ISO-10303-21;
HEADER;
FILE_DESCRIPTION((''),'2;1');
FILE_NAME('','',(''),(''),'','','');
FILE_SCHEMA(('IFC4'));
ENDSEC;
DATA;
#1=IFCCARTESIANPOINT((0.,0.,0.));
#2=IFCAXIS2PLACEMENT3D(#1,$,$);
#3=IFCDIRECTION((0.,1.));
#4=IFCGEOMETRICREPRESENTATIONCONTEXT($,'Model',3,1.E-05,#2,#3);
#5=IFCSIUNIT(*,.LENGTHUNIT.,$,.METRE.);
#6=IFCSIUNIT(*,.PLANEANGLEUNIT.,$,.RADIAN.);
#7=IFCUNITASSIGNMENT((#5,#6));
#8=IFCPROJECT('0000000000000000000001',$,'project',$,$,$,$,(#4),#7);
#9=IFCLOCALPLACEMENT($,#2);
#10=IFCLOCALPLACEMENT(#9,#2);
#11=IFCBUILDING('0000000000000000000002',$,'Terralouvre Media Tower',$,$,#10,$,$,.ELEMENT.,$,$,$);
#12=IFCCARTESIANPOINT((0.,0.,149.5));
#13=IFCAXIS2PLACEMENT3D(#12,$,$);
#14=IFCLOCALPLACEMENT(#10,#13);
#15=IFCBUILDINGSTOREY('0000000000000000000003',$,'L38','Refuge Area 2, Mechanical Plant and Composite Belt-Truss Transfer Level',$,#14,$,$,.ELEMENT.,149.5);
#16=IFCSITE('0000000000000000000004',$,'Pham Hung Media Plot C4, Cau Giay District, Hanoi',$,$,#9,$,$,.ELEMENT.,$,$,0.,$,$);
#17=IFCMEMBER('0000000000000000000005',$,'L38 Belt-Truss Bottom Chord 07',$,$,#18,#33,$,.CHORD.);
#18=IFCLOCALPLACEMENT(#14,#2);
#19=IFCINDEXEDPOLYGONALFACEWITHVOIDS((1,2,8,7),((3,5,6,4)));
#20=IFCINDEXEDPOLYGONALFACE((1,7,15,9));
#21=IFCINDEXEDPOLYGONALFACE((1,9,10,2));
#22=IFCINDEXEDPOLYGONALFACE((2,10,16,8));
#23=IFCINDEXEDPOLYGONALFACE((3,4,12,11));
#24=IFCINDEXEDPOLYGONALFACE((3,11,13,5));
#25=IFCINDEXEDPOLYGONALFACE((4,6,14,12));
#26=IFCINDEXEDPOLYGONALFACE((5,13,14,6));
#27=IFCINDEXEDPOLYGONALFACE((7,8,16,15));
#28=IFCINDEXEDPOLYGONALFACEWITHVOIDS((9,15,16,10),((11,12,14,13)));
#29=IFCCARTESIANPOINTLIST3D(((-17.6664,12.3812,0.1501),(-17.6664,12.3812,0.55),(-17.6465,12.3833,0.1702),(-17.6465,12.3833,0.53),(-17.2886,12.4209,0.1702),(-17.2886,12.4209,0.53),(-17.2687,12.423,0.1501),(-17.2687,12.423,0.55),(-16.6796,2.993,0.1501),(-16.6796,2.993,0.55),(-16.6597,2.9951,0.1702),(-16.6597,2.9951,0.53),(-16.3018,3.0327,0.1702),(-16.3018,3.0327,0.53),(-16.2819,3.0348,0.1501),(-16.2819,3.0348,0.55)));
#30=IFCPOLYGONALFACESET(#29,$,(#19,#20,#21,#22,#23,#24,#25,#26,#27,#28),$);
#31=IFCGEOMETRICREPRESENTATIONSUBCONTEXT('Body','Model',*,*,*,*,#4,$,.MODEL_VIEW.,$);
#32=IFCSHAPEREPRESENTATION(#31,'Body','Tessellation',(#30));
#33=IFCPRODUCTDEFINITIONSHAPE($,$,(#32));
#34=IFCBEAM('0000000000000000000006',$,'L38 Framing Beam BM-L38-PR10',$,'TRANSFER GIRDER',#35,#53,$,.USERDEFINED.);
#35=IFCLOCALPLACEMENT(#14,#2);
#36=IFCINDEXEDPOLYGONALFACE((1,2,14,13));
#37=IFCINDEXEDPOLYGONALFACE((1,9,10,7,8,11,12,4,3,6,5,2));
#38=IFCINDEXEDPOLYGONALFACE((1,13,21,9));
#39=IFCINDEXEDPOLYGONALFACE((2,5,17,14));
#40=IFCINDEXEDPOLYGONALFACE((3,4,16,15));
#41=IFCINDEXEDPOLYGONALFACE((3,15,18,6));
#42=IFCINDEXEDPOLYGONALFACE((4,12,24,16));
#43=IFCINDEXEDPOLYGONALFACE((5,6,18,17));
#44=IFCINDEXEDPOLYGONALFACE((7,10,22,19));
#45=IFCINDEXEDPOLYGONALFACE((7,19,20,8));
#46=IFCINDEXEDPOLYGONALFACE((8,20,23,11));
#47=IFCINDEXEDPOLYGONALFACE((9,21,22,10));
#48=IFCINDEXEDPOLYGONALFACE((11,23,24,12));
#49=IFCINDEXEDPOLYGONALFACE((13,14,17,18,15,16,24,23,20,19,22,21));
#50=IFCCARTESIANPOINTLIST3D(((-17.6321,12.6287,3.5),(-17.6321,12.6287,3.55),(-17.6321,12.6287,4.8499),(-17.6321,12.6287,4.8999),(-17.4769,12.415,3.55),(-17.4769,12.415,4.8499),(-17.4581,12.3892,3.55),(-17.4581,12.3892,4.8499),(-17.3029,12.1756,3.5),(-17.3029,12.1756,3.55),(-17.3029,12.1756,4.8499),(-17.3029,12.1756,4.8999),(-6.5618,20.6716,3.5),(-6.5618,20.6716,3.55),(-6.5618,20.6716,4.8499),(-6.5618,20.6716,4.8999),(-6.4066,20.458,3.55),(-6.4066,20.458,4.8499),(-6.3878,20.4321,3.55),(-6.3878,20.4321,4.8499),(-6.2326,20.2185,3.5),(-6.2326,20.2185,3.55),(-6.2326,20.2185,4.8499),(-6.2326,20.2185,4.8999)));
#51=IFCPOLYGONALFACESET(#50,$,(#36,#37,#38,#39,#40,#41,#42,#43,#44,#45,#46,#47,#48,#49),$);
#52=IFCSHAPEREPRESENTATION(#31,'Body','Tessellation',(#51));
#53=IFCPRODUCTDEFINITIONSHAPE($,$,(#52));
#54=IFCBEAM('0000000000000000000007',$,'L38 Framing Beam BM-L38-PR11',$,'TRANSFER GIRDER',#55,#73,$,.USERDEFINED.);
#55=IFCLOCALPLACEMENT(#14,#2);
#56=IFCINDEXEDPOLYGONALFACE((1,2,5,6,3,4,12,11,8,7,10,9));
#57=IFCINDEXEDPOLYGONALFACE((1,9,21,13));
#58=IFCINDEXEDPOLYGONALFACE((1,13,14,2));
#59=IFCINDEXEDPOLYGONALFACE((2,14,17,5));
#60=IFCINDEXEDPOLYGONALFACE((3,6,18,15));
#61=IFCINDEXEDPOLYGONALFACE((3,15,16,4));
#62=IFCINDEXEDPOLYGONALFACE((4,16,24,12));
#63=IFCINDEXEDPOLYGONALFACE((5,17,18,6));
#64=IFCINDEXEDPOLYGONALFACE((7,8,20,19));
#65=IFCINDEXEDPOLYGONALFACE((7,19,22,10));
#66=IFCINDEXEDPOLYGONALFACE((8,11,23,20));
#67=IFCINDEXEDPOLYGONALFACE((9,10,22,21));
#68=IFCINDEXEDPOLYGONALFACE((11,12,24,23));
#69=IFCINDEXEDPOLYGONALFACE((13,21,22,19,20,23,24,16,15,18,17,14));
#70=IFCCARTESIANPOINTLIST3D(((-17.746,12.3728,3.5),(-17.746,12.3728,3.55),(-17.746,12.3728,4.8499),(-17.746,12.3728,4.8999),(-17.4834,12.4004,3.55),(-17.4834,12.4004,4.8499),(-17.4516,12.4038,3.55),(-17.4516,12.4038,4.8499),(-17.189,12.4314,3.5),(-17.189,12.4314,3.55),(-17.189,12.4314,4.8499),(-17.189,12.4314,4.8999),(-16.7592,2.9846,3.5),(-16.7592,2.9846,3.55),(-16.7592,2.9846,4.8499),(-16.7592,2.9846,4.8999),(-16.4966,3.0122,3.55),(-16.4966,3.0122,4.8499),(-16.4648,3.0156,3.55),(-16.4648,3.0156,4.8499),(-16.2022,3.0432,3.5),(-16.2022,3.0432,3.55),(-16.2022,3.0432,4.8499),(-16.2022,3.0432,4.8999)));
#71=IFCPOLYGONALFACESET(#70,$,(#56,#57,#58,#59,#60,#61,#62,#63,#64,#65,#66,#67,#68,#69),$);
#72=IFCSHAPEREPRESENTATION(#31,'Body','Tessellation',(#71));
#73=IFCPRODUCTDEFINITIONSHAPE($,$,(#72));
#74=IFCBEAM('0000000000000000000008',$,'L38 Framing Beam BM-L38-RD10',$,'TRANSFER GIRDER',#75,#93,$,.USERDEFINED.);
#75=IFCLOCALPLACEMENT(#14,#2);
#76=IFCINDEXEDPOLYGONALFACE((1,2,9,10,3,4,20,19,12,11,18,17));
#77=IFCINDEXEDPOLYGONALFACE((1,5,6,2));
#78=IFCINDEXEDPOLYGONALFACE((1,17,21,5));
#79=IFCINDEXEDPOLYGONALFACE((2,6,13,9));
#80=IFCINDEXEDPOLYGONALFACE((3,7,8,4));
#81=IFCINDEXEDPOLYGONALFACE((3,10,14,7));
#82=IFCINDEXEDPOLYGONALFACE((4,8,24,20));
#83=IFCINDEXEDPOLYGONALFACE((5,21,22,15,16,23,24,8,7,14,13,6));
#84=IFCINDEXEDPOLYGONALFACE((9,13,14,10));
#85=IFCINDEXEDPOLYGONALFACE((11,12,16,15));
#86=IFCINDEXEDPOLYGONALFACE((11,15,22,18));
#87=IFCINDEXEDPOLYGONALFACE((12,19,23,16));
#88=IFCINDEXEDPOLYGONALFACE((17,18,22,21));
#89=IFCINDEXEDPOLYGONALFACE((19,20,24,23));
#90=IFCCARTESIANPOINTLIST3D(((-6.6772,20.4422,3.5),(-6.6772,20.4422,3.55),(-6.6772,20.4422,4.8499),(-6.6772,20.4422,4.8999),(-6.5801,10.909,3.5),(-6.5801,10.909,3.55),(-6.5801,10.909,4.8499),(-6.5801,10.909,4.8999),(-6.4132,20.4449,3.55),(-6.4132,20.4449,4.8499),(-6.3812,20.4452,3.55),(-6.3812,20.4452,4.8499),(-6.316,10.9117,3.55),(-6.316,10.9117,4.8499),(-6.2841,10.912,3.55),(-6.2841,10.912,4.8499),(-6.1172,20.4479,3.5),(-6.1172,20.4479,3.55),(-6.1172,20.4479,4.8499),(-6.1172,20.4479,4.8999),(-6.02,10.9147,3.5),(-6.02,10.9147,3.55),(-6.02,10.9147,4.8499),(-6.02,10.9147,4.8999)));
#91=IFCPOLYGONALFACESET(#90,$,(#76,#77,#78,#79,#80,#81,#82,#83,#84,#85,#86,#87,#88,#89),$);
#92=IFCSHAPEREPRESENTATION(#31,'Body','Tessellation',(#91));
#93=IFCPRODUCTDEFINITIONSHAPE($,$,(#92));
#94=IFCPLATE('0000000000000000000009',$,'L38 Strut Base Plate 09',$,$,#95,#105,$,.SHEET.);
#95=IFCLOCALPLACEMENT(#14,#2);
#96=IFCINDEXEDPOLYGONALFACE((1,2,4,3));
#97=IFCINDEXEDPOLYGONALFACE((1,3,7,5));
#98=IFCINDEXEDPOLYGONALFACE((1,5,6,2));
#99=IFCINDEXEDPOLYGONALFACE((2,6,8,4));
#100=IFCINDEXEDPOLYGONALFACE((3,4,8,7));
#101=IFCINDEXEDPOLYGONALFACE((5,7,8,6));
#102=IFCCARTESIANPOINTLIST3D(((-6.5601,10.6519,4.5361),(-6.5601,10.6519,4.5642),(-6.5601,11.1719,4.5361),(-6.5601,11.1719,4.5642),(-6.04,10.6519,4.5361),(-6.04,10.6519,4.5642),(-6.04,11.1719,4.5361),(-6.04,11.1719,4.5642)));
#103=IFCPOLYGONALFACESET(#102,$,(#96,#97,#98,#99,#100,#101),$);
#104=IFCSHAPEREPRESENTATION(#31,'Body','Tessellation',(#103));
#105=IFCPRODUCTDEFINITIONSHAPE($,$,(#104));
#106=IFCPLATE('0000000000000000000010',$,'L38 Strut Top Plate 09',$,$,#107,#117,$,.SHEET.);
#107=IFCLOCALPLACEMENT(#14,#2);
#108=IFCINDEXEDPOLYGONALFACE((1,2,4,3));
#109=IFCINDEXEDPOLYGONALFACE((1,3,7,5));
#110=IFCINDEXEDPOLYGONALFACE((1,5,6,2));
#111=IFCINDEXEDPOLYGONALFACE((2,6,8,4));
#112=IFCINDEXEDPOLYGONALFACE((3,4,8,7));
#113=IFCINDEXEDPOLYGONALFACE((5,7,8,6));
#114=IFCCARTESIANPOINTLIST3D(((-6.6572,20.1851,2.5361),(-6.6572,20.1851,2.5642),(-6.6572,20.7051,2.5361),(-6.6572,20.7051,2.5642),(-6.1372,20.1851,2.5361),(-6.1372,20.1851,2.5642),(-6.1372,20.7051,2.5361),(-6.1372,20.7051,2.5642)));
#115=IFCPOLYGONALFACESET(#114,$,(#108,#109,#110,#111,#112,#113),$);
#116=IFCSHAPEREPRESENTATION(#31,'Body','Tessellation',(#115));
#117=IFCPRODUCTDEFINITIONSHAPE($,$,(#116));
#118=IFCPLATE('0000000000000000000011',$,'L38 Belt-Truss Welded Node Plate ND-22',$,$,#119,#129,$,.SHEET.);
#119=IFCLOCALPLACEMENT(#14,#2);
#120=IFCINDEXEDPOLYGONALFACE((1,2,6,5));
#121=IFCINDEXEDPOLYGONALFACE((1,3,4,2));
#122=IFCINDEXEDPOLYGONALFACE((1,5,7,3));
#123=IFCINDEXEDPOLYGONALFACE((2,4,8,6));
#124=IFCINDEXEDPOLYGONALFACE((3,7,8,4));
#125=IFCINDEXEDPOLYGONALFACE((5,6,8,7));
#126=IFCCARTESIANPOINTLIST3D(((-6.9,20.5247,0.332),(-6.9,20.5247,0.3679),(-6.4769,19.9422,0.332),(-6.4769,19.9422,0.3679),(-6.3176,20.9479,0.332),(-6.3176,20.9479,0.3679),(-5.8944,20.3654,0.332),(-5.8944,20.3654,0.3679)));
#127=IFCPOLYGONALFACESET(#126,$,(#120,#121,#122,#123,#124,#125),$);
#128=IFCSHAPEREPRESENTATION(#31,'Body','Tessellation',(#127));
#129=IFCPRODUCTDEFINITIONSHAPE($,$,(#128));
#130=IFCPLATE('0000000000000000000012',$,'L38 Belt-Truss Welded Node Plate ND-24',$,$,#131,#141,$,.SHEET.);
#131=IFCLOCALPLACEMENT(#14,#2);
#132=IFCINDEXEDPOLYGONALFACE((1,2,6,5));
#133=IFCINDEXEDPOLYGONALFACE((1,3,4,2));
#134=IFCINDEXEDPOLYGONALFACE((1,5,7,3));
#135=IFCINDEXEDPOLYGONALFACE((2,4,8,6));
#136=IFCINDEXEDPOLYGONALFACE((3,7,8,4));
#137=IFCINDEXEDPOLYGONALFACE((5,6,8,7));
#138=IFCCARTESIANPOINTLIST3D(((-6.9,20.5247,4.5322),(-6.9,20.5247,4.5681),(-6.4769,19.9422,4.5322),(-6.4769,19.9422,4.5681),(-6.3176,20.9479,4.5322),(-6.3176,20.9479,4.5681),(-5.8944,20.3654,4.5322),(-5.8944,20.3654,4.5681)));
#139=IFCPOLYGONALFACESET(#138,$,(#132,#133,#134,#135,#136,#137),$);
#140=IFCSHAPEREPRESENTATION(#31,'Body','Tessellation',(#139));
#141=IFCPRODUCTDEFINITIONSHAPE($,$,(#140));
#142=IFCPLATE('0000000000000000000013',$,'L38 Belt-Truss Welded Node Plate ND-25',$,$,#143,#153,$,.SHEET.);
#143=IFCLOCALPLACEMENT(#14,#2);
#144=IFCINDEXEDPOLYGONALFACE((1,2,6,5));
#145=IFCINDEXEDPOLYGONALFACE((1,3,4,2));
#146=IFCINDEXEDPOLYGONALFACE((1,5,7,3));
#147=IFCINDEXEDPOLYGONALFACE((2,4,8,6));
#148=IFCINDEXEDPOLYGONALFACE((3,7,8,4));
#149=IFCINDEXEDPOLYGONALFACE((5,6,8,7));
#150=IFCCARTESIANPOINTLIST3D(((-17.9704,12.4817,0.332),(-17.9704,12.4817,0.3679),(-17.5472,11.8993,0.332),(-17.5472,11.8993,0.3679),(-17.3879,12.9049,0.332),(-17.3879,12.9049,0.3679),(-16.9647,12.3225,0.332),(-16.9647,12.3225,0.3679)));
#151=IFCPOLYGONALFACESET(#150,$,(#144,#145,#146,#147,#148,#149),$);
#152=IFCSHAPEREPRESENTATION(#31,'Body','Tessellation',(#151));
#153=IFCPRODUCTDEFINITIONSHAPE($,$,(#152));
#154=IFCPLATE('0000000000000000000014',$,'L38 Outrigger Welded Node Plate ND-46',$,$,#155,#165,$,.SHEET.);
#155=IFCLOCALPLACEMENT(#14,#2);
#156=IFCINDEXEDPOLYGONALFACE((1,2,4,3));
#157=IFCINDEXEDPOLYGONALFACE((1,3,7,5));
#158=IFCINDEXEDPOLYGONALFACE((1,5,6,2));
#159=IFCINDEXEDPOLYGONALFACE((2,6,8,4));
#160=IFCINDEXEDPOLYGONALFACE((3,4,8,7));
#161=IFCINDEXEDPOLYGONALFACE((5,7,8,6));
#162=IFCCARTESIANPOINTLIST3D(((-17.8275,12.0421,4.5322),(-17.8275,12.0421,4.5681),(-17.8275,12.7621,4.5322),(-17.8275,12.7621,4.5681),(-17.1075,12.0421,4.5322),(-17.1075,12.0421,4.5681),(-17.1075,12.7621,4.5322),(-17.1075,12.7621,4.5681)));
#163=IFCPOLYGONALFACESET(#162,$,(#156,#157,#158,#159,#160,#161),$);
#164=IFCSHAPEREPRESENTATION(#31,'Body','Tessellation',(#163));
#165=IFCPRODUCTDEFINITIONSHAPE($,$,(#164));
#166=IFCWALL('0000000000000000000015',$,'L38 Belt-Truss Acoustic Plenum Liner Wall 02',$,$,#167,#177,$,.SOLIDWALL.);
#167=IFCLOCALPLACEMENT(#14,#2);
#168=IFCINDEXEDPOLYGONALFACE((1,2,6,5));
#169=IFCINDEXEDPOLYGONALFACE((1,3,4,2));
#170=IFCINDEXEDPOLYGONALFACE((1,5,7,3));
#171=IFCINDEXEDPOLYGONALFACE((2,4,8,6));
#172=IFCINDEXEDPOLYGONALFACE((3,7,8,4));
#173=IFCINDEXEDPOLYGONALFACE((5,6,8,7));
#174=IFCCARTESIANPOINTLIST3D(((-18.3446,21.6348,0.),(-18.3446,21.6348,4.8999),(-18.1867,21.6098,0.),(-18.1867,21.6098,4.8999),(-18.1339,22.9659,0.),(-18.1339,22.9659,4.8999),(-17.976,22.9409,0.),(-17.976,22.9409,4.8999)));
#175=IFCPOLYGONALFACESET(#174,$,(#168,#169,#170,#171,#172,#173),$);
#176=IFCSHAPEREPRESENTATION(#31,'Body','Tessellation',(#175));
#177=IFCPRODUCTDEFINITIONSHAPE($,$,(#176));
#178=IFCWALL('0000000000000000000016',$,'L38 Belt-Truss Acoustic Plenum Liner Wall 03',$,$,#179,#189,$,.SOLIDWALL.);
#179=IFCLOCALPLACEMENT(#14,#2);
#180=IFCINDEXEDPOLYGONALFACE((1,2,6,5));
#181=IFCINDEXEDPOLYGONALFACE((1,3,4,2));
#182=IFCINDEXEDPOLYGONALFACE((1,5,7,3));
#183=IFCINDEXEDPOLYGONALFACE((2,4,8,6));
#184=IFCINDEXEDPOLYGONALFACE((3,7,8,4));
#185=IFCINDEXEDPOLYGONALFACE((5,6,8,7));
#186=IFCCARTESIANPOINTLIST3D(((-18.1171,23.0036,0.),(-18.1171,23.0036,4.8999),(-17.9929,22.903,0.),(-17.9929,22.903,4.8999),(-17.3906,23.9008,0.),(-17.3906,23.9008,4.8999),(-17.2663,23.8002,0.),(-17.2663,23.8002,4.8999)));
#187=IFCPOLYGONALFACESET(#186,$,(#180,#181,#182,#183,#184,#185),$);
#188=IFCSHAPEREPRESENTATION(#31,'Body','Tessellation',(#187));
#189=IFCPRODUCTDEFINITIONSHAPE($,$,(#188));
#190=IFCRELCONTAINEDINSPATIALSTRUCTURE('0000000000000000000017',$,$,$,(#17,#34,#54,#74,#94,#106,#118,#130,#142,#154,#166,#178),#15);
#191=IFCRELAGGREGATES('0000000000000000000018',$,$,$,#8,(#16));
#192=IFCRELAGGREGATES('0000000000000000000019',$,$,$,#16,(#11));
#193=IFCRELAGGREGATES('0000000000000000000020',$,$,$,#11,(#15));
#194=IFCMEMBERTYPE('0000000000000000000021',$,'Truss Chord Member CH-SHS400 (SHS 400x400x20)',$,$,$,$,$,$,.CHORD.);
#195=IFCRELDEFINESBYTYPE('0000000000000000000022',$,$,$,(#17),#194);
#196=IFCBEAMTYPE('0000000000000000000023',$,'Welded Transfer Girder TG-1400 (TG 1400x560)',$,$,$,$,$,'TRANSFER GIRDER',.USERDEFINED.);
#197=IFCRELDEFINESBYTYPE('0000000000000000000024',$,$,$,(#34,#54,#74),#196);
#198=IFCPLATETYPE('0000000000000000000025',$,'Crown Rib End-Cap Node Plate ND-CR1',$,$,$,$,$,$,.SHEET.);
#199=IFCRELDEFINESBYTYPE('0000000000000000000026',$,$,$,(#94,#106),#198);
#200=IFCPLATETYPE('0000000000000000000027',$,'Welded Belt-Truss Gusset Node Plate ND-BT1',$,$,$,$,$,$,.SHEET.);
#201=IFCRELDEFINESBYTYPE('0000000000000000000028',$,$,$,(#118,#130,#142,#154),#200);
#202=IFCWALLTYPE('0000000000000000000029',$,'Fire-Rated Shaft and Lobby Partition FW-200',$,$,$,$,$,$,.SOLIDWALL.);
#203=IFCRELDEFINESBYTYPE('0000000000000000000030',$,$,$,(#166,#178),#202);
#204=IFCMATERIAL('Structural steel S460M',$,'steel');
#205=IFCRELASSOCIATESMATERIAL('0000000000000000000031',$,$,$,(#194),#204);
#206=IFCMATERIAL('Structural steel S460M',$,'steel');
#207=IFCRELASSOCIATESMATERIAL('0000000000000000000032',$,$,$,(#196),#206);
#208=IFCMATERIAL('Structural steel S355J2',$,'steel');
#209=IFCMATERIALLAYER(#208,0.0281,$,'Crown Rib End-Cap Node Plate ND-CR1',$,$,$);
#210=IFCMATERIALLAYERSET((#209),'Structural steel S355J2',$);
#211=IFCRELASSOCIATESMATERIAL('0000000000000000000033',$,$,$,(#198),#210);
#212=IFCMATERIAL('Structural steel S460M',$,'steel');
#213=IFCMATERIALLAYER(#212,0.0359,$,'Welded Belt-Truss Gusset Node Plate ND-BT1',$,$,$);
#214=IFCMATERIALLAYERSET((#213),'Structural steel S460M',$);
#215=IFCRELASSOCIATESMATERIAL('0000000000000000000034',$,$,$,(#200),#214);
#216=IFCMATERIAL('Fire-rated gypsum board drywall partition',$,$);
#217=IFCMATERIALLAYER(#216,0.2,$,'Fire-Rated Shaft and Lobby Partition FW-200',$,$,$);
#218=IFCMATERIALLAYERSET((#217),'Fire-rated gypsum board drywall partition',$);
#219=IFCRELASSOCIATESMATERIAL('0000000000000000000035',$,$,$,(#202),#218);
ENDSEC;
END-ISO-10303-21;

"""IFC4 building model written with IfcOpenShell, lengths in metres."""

from ifc_helpers import new_model, si_unit, direction, frame, frame_2d, origin, origin_2d, place, context, subcontext, project, spatial, rectangle, hollow_rectangle, i_section, extrude, material, layer, layer_set, material_profile, profile_set, type_object, element, save


model = new_model("IFC4")

# Units and contexts
model_context = context("Model", 3, precision=1e-05, world=origin(), true_north=direction((0.0, 1.0)))
body_context = subcontext(model_context, "Body", "Model", "MODEL_VIEW")
ifc_project = project(units=[si_unit("LENGTHUNIT", "METRE"), si_unit("PLANEANGLEUNIT", "RADIAN")], contexts=[model_context])

# Site, building, storey
site_placement = place(None, origin())
site = spatial("IfcSite", under=ifc_project, at=site_placement, Name="Pham Hung Media Plot C4, Cau Giay District, Hanoi", CompositionType="ELEMENT", RefElevation=0.0)
building_placement = place(site_placement, origin())
building = spatial("IfcBuilding", under=site, at=building_placement, Name="Terralouvre Media Tower", CompositionType="ELEMENT")
storey_placement = place(building_placement, frame((0.0, 0.0, 149.5)))
storey = spatial("IfcBuildingStorey", under=building, at=storey_placement, Name="L38", Description="Refuge Area 2, Mechanical Plant and Composite Belt-Truss Transfer Level", CompositionType="ELEMENT", Elevation=149.5)

# Member
ifc_material_1 = material(Name="Structural steel S460M", Category="steel")
ifc_material_profile_1 = material_profile(ifc_material_1, hollow_rectangle(XDim=0.3999, YDim=0.3999, WallThickness=0.02, at=origin_2d()), Name="SHS 400x400x20")
ifc_profile_set_1 = profile_set([ifc_material_profile_1], Name="Structural steel S460M")
member_type_1 = type_object("IfcMemberType", Name="Truss Chord Member CH-SHS400 (SHS 400x400x20)", PredefinedType="CHORD", material=ifc_profile_set_1)
member_1_placement = place(storey_placement, frame((-17.4675, 12.4021, 0.3501), z_axis=(0.104537, -0.994521, 0.0), x_axis=(0.994521, 0.104537, 0.0)))
element("IfcMember", 1, at=member_1_placement, inside=storey, type_object=member_type_1, Name="L38 Belt-Truss Bottom Chord 07", PredefinedType="CHORD", context=body_context, shape_type="SweptSolid", body=[
    extrude(hollow_rectangle(XDim=0.3999, YDim=0.3999, WallThickness=0.02, at=origin_2d()), origin(), (0.0, 0.0, 1.0), 9.4399),
])

# Beams
ifc_material_2 = material(Name="Structural steel S460M", Category="steel")
ifc_material_profile_2 = material_profile(ifc_material_2, i_section(OverallWidth=0.5601, OverallDepth=1.3999, WebThickness=0.032, FlangeThickness=0.05, at=origin_2d()), Name="TG 1400x560")
ifc_profile_set_2 = profile_set([ifc_material_profile_2], Name="Structural steel S460M")
beam_type_1 = type_object("IfcBeamType", Name="Welded Transfer Girder TG-1400 (TG 1400x560)", ElementType="TRANSFER GIRDER", PredefinedType="USERDEFINED", material=ifc_profile_set_2)
beam_1_placement = place(storey_placement, frame((-6.3972, 20.4451, 4.2), z_axis=(-0.80902, -0.587781, 0.0), x_axis=(0.587781, -0.80902, 0.0)))
element("IfcBeam", 2, at=beam_1_placement, inside=storey, type_object=beam_type_1, Name="L38 Framing Beam BM-L38-PR10", ObjectType="TRANSFER GIRDER", PredefinedType="USERDEFINED", context=body_context, shape_type="SweptSolid", body=[
    extrude(i_section(OverallWidth=0.5601, OverallDepth=1.3999, WebThickness=0.032, FlangeThickness=0.05, at=origin_2d()), origin(), (0.0, 0.0, 1.0), 13.6836),
])
beam_2_placement = place(storey_placement, frame((-17.4675, 12.4021, 4.2), z_axis=(0.104537, -0.994521, 0.0), x_axis=(0.994521, 0.104537, 0.0)))
element("IfcBeam", 3, at=beam_2_placement, inside=storey, type_object=beam_type_1, Name="L38 Framing Beam BM-L38-PR11", ObjectType="TRANSFER GIRDER", PredefinedType="USERDEFINED", context=body_context, shape_type="SweptSolid", body=[
    extrude(i_section(OverallWidth=0.5601, OverallDepth=1.3999, WebThickness=0.032, FlangeThickness=0.05, at=origin_2d()), origin(), (0.0, 0.0, 1.0), 9.4399),
])
beam_3_placement = place(storey_placement, frame((-6.3, 10.9119, 4.2), z_axis=(-0.010192, 0.999948, 0.0), x_axis=(-0.999948, -0.010192, 0.0)))
element("IfcBeam", 4, at=beam_3_placement, inside=storey, type_object=beam_type_1, Name="L38 Framing Beam BM-L38-RD10", ObjectType="TRANSFER GIRDER", PredefinedType="USERDEFINED", context=body_context, shape_type="SweptSolid", body=[
    extrude(i_section(OverallWidth=0.5601, OverallDepth=1.3999, WebThickness=0.032, FlangeThickness=0.05, at=origin_2d()), origin(), (0.0, 0.0, 1.0), 9.5337),
])

# Plates
ifc_material_3 = material(Name="Structural steel S355J2", Category="steel")
ifc_layer_1 = layer(ifc_material_3, 0.0281, Name="Crown Rib End-Cap Node Plate ND-CR1")
ifc_layer_set_1 = layer_set([ifc_layer_1], Name="Structural steel S355J2")
plate_type_1 = type_object("IfcPlateType", Name="Crown Rib End-Cap Node Plate ND-CR1", PredefinedType="SHEET", material=ifc_layer_set_1)
for number, where, z_axis, x_axis, name in (
    (5, (-6.3, 10.9119, 4.5361), (0.0, 0.0, 1.0), (1.0, 0.0, 0.0), "L38 Strut Base Plate 09"),
    (6, (-6.3972, 20.4451, 2.5361), (0.0, 0.0, 1.0), (1.0, 0.0, 0.0), "L38 Strut Top Plate 09"),
):
    element("IfcPlate", number, at=place(storey_placement, frame(where, z_axis=z_axis, x_axis=x_axis)), inside=storey, type_object=plate_type_1, Name=name, PredefinedType="SHEET", context=body_context, shape_type="SweptSolid", body=[
        extrude(rectangle(XDim=0.52, YDim=0.52, at=origin_2d()), origin(), (0.0, 0.0, 1.0), 0.0281),
    ])
ifc_material_4 = material(Name="Structural steel S460M", Category="steel")
ifc_layer_2 = layer(ifc_material_4, 0.0359, Name="Welded Belt-Truss Gusset Node Plate ND-BT1")
ifc_layer_set_2 = layer_set([ifc_layer_2], Name="Structural steel S460M")
plate_type_2 = type_object("IfcPlateType", Name="Welded Belt-Truss Gusset Node Plate ND-BT1", PredefinedType="SHEET", material=ifc_layer_set_2)
for number, where, z_axis, x_axis, name in (
    (7, (-6.3972, 20.4451, 0.332), (0.0, 0.0, 1.0), (0.809017, 0.587785, 0.0), "L38 Belt-Truss Welded Node Plate ND-22"),
    (8, (-6.3972, 20.4451, 4.5322), (0.0, 0.0, 1.0), (0.809017, 0.587785, 0.0), "L38 Belt-Truss Welded Node Plate ND-24"),
    (9, (-17.4675, 12.4021, 0.332), (0.0, 0.0, 1.0), (0.809017, 0.587785, 0.0), "L38 Belt-Truss Welded Node Plate ND-25"),
    (10, (-17.4675, 12.4021, 4.5322), (0.0, 0.0, 1.0), (1.0, 0.0, 0.0), "L38 Outrigger Welded Node Plate ND-46"),
):
    element("IfcPlate", number, at=place(storey_placement, frame(where, z_axis=z_axis, x_axis=x_axis)), inside=storey, type_object=plate_type_2, Name=name, PredefinedType="SHEET", context=body_context, shape_type="SweptSolid", body=[
        extrude(rectangle(XDim=0.72, YDim=0.72, at=origin_2d()), origin(), (0.0, 0.0, 1.0), 0.0359),
    ])

# Walls
ifc_material_5 = material(Name="Fire-rated gypsum board drywall partition")
ifc_layer_3 = layer(ifc_material_5, 0.2, Name="Fire-Rated Shaft and Lobby Partition FW-200")
ifc_layer_set_3 = layer_set([ifc_layer_3], Name="Fire-rated gypsum board drywall partition")
wall_type_1 = type_object("IfcWallType", Name="Fire-Rated Shaft and Lobby Partition FW-200", PredefinedType="SOLIDWALL", material=ifc_layer_set_3)
wall_1_placement = place(storey_placement, frame((-18.2656, 21.6223, 0.0), z_axis=(0.0, 0.0, 1.0), x_axis=(0.156344, 0.987703, 0.0)))
element("IfcWall", 11, at=wall_1_placement, inside=storey, type_object=wall_type_1, Name="L38 Belt-Truss Acoustic Plenum Liner Wall 02", PredefinedType="SOLIDWALL", context=body_context, shape_type="SweptSolid", body=[
    extrude(rectangle(XDim=1.3477, YDim=0.1599, at=frame_2d((0.6738, 0.0))), origin(), (0.0, 0.0, 1.0), 4.8999),
])
wall_2_placement = place(storey_placement, frame((-18.0549, 22.9534, 0.0), z_axis=(0.0, 0.0, 1.0), x_axis=(0.629326, 0.777141, 0.0)))
element("IfcWall", 12, at=wall_2_placement, inside=storey, type_object=wall_type_1, Name="L38 Belt-Truss Acoustic Plenum Liner Wall 03", PredefinedType="SOLIDWALL", context=body_context, shape_type="SweptSolid", body=[
    extrude(rectangle(XDim=1.1545, YDim=0.1599, at=frame_2d((0.5771, 0.0))), origin(), (0.0, 0.0, 1.0), 4.8999),
])

save(model, "model.ifc")
